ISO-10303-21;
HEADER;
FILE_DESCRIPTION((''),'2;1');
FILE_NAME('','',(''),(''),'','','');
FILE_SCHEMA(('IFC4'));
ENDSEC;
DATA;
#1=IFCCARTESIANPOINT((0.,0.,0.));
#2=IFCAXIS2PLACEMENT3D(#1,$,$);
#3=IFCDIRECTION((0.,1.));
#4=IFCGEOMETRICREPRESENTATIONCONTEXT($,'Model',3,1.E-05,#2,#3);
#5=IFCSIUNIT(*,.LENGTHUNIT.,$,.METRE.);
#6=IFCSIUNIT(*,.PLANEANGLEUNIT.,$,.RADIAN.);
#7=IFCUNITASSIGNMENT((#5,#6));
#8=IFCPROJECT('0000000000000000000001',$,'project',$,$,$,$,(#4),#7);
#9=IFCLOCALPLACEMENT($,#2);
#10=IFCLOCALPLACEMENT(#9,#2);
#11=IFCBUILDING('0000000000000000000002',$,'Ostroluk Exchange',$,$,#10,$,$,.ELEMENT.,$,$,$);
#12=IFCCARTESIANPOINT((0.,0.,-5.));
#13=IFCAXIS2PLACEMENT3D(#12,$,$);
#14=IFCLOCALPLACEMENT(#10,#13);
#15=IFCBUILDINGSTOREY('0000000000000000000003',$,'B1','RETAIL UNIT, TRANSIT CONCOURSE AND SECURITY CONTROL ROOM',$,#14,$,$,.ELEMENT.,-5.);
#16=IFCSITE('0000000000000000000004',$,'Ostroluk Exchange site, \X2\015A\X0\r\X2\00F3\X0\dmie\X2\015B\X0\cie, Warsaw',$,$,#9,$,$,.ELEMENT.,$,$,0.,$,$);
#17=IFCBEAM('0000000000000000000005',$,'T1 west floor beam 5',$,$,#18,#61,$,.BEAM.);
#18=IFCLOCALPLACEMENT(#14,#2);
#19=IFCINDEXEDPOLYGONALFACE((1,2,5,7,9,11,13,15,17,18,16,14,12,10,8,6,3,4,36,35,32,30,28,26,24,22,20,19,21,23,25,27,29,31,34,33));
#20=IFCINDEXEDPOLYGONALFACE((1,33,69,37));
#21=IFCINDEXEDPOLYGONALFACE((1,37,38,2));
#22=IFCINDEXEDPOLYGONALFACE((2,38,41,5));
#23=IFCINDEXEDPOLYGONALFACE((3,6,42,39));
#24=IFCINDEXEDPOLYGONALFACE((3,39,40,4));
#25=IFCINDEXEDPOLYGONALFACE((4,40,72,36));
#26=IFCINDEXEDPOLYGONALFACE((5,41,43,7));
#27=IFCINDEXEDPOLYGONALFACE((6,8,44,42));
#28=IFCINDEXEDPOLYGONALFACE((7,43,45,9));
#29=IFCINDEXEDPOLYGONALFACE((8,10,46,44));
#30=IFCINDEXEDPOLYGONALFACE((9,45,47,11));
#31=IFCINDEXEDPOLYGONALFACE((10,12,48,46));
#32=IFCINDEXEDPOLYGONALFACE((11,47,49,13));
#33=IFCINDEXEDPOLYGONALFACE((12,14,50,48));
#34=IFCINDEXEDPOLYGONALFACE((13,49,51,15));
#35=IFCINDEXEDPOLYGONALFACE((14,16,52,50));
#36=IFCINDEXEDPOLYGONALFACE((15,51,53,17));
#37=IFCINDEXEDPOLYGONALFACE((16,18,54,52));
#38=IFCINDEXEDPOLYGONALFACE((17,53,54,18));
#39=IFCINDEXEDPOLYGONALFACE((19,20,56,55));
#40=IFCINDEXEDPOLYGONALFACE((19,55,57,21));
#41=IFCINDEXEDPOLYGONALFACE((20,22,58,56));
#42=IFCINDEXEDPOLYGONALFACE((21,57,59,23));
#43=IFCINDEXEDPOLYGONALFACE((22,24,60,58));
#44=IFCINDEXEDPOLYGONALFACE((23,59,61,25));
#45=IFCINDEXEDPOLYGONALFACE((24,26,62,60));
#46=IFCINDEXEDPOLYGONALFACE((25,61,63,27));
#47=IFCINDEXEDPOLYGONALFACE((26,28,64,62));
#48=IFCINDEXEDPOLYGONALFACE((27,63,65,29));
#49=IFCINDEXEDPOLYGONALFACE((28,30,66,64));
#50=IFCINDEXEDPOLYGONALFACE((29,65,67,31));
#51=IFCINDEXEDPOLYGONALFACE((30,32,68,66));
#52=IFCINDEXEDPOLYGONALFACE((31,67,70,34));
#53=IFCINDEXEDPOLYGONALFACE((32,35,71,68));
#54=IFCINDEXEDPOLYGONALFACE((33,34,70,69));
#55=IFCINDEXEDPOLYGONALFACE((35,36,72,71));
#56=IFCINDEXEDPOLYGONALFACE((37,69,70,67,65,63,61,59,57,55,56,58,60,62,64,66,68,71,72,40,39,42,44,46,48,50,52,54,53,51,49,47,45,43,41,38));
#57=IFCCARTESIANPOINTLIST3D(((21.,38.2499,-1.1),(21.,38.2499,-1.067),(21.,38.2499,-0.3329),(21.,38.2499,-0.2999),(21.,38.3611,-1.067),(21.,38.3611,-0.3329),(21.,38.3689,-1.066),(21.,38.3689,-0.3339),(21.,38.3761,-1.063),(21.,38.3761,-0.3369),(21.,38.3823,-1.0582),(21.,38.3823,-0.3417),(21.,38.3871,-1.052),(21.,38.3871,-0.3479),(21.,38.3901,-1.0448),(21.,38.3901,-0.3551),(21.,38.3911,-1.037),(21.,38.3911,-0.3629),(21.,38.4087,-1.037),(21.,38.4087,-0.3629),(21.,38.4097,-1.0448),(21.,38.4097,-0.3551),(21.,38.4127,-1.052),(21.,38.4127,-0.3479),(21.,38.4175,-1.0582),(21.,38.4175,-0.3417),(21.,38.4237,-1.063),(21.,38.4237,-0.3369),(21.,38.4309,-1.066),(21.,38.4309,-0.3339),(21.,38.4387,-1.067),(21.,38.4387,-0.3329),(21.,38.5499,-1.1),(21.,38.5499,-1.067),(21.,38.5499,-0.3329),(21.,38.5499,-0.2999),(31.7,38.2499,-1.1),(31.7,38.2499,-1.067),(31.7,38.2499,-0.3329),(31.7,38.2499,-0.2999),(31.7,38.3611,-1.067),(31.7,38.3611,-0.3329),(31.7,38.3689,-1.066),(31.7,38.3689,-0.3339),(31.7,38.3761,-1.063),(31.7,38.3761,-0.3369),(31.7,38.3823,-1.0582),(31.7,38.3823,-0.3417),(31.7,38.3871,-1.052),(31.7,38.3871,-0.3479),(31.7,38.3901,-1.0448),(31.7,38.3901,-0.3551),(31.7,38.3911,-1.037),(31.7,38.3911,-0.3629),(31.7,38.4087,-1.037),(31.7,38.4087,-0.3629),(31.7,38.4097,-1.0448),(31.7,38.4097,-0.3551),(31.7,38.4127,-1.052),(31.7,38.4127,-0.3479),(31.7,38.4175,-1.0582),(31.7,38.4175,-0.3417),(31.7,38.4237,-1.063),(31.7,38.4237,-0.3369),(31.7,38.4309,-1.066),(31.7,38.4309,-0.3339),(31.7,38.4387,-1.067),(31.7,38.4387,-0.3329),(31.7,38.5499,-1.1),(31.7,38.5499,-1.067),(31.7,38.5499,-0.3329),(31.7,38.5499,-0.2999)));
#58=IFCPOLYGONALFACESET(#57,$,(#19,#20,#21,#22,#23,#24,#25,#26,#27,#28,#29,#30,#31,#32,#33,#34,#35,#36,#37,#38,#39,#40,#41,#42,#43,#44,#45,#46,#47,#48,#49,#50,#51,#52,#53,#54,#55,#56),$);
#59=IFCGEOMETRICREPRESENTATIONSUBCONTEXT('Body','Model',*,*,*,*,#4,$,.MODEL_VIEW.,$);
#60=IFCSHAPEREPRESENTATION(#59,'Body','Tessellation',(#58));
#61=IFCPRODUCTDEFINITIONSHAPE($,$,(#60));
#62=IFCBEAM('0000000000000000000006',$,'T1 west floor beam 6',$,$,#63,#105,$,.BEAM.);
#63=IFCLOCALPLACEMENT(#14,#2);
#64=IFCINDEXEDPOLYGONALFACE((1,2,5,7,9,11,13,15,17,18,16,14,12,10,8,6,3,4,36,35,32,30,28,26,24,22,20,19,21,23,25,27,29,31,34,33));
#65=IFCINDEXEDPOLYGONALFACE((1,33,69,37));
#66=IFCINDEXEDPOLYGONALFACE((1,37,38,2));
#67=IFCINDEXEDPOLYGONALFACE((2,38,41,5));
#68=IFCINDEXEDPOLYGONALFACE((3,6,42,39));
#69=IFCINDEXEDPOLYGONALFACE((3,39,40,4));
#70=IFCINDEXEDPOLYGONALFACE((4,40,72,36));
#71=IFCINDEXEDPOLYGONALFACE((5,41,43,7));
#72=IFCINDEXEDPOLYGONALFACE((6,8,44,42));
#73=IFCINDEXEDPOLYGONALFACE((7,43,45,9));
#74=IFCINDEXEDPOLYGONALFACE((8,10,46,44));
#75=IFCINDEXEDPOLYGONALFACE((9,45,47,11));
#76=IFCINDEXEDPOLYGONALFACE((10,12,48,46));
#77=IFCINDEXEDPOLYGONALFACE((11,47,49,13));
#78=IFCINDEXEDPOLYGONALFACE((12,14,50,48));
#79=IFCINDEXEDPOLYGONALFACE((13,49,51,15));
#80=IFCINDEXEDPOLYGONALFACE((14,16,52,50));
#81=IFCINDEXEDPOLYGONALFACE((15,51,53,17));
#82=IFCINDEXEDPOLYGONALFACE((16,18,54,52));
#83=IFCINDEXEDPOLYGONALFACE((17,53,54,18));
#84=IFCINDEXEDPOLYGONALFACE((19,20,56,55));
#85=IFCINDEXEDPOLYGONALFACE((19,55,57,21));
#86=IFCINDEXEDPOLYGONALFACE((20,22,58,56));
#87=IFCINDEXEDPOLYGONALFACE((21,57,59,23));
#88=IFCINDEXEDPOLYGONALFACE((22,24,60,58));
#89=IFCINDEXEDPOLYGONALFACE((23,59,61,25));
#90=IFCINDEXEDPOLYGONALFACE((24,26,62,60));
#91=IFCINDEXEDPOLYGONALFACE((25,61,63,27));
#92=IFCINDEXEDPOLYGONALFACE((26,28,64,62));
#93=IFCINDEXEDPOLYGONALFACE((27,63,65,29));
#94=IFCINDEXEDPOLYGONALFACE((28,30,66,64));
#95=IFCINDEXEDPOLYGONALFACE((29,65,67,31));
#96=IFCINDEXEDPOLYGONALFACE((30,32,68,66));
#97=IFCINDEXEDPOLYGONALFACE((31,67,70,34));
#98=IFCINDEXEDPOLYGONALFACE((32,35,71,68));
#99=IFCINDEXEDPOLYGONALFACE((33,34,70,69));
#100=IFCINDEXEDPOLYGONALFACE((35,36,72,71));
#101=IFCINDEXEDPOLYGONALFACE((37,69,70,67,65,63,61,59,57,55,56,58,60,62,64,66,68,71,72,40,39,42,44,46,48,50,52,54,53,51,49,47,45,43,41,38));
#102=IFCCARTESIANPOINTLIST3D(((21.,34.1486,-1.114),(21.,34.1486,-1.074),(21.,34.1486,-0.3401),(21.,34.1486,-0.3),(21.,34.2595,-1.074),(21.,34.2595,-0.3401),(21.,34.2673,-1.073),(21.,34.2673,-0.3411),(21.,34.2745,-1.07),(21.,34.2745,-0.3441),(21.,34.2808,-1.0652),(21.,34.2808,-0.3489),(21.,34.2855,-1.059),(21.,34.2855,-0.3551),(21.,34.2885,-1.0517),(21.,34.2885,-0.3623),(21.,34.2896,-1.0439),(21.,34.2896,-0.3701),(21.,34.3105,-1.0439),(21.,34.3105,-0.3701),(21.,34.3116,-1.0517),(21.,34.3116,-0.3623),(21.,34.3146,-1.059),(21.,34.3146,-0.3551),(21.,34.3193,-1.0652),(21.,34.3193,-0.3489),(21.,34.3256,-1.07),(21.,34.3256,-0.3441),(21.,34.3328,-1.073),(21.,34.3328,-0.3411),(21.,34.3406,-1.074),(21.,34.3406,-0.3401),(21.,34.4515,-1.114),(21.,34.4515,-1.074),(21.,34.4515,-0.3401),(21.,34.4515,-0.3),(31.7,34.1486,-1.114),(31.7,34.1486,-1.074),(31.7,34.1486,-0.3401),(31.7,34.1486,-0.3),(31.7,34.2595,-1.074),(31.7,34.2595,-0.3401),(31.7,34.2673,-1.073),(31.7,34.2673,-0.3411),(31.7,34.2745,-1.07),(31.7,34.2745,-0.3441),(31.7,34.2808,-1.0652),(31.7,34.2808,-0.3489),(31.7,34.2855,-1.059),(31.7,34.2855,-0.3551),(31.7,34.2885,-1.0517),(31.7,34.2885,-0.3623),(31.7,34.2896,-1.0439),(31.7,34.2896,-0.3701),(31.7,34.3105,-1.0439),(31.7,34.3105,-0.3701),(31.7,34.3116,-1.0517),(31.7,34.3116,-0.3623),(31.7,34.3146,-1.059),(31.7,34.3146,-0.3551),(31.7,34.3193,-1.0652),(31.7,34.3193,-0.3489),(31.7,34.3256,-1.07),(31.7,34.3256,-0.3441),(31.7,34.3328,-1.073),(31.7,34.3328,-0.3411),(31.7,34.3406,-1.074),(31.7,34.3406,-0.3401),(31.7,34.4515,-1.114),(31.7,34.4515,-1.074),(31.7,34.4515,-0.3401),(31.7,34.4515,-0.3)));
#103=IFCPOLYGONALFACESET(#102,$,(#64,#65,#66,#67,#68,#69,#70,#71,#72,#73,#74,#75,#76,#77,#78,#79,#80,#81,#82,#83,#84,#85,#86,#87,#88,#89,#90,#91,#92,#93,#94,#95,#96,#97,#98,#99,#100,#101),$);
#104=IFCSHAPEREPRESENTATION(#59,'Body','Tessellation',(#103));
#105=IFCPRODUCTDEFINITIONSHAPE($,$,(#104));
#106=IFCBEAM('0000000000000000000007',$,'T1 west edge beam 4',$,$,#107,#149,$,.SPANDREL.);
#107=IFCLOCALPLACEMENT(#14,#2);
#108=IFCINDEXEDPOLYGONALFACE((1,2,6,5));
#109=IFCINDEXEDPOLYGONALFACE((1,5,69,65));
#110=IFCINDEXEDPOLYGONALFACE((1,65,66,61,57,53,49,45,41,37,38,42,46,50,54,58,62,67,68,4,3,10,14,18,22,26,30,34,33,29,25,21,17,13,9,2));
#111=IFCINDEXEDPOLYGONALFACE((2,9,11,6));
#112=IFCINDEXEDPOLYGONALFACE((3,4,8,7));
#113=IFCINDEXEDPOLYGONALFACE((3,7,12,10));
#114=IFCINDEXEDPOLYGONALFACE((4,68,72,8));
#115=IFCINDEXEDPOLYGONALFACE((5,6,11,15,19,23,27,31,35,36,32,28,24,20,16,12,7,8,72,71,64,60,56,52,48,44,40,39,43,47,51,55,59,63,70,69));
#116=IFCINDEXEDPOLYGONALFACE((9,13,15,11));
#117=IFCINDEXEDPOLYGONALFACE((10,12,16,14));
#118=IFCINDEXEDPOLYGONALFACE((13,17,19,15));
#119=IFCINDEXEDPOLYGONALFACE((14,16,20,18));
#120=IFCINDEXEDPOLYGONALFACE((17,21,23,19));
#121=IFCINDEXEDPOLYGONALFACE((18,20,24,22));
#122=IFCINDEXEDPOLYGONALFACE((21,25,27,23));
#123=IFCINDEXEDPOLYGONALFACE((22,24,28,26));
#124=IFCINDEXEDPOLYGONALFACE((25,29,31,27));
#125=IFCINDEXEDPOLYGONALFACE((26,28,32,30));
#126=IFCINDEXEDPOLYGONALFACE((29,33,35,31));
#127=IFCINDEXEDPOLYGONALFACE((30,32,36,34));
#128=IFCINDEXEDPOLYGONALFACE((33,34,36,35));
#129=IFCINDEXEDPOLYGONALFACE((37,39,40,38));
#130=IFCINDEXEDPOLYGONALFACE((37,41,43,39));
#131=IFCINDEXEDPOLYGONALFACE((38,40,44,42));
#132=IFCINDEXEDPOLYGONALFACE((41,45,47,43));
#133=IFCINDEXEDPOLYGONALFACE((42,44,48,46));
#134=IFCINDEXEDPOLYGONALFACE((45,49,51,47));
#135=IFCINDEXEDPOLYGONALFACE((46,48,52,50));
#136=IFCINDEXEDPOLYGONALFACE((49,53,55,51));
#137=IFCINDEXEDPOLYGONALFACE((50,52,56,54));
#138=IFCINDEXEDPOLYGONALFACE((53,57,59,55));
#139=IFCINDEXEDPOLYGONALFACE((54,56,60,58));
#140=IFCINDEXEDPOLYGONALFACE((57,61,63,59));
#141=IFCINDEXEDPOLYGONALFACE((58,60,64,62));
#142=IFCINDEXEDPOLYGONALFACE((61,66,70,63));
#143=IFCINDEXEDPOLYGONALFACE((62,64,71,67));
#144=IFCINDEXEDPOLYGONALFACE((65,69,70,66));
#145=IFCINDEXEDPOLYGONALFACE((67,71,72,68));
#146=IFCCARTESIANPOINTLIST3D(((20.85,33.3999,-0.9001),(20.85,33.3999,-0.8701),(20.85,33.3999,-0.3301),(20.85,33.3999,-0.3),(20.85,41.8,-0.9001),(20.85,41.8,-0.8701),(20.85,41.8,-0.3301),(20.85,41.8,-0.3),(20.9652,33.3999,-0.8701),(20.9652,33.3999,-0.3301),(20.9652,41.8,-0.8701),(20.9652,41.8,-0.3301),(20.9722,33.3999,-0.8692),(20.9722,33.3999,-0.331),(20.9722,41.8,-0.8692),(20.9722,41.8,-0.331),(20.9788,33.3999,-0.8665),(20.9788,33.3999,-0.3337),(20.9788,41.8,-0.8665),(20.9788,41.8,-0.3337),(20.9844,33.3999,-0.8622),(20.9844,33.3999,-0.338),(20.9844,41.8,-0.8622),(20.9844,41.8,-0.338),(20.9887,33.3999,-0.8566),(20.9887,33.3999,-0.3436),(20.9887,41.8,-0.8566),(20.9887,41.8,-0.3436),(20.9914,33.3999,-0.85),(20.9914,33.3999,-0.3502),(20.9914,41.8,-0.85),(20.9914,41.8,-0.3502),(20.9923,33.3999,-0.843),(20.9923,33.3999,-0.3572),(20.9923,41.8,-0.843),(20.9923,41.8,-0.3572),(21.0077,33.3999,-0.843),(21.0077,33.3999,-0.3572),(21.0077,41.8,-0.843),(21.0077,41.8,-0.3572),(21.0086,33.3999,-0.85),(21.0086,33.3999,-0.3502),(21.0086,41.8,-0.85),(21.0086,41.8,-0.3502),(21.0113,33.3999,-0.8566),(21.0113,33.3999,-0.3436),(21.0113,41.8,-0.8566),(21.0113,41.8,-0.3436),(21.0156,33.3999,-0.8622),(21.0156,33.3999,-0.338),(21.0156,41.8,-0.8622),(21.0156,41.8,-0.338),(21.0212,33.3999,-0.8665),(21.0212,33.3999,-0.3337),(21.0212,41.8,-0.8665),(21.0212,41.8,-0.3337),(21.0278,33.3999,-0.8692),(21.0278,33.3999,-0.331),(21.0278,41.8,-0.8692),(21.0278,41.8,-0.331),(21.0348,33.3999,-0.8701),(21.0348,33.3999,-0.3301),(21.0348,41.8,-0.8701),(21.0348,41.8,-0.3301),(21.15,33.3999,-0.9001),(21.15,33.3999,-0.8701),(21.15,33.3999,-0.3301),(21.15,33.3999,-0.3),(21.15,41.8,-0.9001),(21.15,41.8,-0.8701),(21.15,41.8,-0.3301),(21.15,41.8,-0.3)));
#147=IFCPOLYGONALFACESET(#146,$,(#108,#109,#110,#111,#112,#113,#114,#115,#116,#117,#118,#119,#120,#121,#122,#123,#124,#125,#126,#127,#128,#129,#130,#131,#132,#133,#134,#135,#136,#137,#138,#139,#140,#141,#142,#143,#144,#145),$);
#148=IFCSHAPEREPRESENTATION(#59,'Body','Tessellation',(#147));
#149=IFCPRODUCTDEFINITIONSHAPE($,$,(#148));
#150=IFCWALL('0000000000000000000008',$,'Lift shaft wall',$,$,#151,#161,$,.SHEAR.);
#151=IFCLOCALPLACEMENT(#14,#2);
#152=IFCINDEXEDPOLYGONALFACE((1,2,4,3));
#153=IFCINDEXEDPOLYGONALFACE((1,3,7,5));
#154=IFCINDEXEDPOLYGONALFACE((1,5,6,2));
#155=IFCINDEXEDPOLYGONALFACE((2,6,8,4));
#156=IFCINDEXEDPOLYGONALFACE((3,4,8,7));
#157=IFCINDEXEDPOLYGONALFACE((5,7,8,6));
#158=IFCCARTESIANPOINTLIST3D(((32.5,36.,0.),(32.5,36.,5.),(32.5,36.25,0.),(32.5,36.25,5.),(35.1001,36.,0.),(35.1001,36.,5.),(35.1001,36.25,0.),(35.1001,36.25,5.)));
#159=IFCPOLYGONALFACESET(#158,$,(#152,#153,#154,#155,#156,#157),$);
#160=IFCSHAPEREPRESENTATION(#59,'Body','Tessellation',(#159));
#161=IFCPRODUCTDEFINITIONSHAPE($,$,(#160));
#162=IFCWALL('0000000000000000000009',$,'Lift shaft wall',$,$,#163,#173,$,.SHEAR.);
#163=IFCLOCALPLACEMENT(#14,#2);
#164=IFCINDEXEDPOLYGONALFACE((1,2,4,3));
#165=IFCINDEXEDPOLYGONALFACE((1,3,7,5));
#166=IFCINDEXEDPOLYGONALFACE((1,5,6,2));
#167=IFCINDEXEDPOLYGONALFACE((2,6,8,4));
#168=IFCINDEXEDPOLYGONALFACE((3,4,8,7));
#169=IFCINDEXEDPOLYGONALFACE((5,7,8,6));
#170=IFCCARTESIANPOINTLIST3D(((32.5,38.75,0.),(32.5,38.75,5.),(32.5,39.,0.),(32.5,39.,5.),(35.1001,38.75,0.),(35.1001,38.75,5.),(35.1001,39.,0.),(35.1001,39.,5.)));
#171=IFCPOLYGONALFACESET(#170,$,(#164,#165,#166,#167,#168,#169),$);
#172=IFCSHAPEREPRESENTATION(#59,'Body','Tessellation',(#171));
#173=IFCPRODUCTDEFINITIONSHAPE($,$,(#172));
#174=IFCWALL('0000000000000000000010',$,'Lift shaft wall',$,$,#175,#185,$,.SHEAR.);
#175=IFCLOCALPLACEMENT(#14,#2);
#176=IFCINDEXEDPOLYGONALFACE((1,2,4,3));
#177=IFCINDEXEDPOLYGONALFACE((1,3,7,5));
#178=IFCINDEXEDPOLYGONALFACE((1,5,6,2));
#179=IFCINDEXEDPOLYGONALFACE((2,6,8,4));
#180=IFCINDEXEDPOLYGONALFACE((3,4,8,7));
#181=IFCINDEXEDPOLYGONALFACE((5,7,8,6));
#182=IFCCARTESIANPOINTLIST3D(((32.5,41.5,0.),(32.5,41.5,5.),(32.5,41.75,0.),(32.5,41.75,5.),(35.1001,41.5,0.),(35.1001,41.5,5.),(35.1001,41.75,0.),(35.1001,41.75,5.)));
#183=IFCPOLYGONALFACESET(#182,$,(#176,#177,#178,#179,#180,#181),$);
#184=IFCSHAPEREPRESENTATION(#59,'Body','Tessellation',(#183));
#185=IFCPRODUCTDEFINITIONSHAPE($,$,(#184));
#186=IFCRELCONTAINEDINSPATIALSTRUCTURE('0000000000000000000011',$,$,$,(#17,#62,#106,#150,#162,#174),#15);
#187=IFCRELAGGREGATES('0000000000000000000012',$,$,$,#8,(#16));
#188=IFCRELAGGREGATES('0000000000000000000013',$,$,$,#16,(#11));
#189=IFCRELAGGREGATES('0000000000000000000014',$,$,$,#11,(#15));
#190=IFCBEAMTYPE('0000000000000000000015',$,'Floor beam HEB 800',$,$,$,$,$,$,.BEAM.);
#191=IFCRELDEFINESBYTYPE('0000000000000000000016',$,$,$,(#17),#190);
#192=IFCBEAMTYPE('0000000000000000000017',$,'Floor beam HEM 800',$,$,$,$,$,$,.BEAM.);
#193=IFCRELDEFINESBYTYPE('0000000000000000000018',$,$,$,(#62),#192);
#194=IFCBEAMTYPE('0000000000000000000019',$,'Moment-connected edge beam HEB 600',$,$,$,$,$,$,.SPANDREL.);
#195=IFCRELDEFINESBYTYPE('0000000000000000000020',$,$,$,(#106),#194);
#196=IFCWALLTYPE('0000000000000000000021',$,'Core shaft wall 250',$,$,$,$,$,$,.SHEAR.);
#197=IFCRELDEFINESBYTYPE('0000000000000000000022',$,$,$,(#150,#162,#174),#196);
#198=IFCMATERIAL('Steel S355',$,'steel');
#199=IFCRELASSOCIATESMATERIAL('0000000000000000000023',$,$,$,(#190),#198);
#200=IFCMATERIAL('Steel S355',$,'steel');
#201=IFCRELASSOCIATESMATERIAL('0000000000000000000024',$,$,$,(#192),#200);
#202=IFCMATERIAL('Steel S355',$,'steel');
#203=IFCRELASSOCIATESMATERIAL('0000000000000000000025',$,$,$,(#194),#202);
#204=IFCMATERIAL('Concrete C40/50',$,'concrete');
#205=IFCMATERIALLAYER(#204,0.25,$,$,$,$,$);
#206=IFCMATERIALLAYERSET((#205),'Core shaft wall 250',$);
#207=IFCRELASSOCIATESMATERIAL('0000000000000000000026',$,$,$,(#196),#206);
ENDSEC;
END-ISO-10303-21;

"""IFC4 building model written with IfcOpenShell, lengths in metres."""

from ifc_helpers import new_model, si_unit, direction, frame, frame_2d, origin, origin_2d, place, context, subcontext, project, spatial, rectangle, i_section, extrude, material, layer, layer_set, material_profile, profile_set, type_object, element, save


model = new_model("IFC4")

# Units and contexts
model_context = context("Model", 3, precision=1e-05, world=origin(), true_north=direction((0.0, 1.0)))
body_context = subcontext(model_context, "Body", "Model", "MODEL_VIEW")
ifc_project = project(units=[si_unit("LENGTHUNIT", "METRE"), si_unit("PLANEANGLEUNIT", "RADIAN")], contexts=[model_context])

# Site, building, storey
site_placement = place(None, origin())
site = spatial("IfcSite", under=ifc_project, at=site_placement, Name="Ostroluk Exchange site, Śródmieście, Warsaw", CompositionType="ELEMENT", RefElevation=0.0)
building_placement = place(site_placement, origin())
building = spatial("IfcBuilding", under=site, at=building_placement, Name="Ostroluk Exchange", CompositionType="ELEMENT")
storey_placement = place(building_placement, frame((0.0, 0.0, -5.0)))
storey = spatial("IfcBuildingStorey", under=building, at=storey_placement, Name="B1", Description="RETAIL UNIT, TRANSIT CONCOURSE AND SECURITY CONTROL ROOM", CompositionType="ELEMENT", Elevation=-5.0)

# Beams
ifc_material_1 = material(Name="Steel S355", Category="steel")
ifc_material_profile_1 = material_profile(ifc_material_1, i_section(OverallWidth=0.3, OverallDepth=0.8, WebThickness=0.0176, FlangeThickness=0.033, FilletRadius=0.03, at=origin_2d()), Name="HEB 800")
ifc_profile_set_1 = profile_set([ifc_material_profile_1], Name="Steel S355")
beam_type_1 = type_object("IfcBeamType", Name="Floor beam HEB 800", PredefinedType="BEAM", material=ifc_profile_set_1)
for number, where, z_axis, x_axis, name in (
    (1, (31.7, 38.3999, -0.7), (-1.0, 0.0, 0.0), (0.0, -1.0, 0.0), "T1 west floor beam 5"),
):
    element("IfcBeam", number, at=place(storey_placement, frame(where, z_axis=z_axis, x_axis=x_axis)), inside=storey, type_object=beam_type_1, Name=name, PredefinedType="BEAM", context=body_context, shape_type="SweptSolid", body=[
        extrude(i_section(OverallWidth=0.3, OverallDepth=0.8, WebThickness=0.0176, FlangeThickness=0.033, FilletRadius=0.03, at=origin_2d()), origin(), (0.0, 0.0, 1.0), 10.7),
    ])
ifc_material_2 = material(Name="Steel S355", Category="steel")
ifc_material_profile_2 = material_profile(ifc_material_2, i_section(OverallWidth=0.303, OverallDepth=0.814, WebThickness=0.021, FlangeThickness=0.04, FilletRadius=0.03, at=origin_2d()), Name="HEM 800")
ifc_profile_set_2 = profile_set([ifc_material_profile_2], Name="Steel S355")
beam_type_2 = type_object("IfcBeamType", Name="Floor beam HEM 800", PredefinedType="BEAM", material=ifc_profile_set_2)
beam_1_placement = place(storey_placement, frame((31.7, 34.3, -0.707), z_axis=(-1.0, 0.0, 0.0), x_axis=(0.0, -1.0, 0.0)))
element("IfcBeam", 2, at=beam_1_placement, inside=storey, type_object=beam_type_2, Name="T1 west floor beam 6", PredefinedType="BEAM", context=body_context, shape_type="SweptSolid", body=[
    extrude(i_section(OverallWidth=0.303, OverallDepth=0.814, WebThickness=0.021, FlangeThickness=0.04, FilletRadius=0.03, at=origin_2d()), origin(), (0.0, 0.0, 1.0), 10.7),
])
ifc_material_3 = material(Name="Steel S355", Category="steel")
ifc_material_profile_3 = material_profile(ifc_material_3, i_section(OverallWidth=0.3, OverallDepth=0.6001, WebThickness=0.0154, FlangeThickness=0.03, FilletRadius=0.0271, at=origin_2d()), Name="HEB 600")
ifc_profile_set_3 = profile_set([ifc_material_profile_3], Name="Steel S355")
beam_type_3 = type_object("IfcBeamType", Name="Moment-connected edge beam HEB 600", PredefinedType="SPANDREL", material=ifc_profile_set_3)
beam_2_placement = place(storey_placement, frame((21.0, 41.8, -0.6001), z_axis=(0.0, -1.0, 0.0), x_axis=(1.0, 0.0, 0.0)))
element("IfcBeam", 3, at=beam_2_placement, inside=storey, type_object=beam_type_3, Name="T1 west edge beam 4", PredefinedType="SPANDREL", context=body_context, shape_type="SweptSolid", body=[
    extrude(i_section(OverallWidth=0.3, OverallDepth=0.6001, WebThickness=0.0154, FlangeThickness=0.03, FilletRadius=0.0271, at=origin_2d()), origin(), (0.0, 0.0, 1.0), 8.4001),
])

# Walls
ifc_material_4 = material(Name="Concrete C40/50", Category="concrete")
ifc_layer_1 = layer(ifc_material_4, 0.25)
ifc_layer_set_1 = layer_set([ifc_layer_1], Name="Core shaft wall 250")
wall_type_1 = type_object("IfcWallType", Name="Core shaft wall 250", PredefinedType="SHEAR", material=ifc_layer_set_1)
for number, where, z_axis, x_axis, name in (
    (4, (32.5, 36.125, 0.0), (0.0, 0.0, 1.0), (1.0, 0.0, 0.0), "Lift shaft wall"),
    (5, (32.5, 38.875, 0.0), (0.0, 0.0, 1.0), (1.0, 0.0, 0.0), "Lift shaft wall"),
    (6, (32.5, 41.625, 0.0), (0.0, 0.0, 1.0), (1.0, 0.0, 0.0), "Lift shaft wall"),
):
    element("IfcWall", number, at=place(storey_placement, frame(where, z_axis=z_axis, x_axis=x_axis)), inside=storey, type_object=wall_type_1, Name=name, PredefinedType="SHEAR", context=body_context, shape_type="SweptSolid", body=[
        extrude(rectangle(XDim=2.6001, YDim=0.25, at=frame_2d((1.3, 0.0))), origin(), (0.0, 0.0, 1.0), 5.0),
    ])

save(model, "model.ifc")
